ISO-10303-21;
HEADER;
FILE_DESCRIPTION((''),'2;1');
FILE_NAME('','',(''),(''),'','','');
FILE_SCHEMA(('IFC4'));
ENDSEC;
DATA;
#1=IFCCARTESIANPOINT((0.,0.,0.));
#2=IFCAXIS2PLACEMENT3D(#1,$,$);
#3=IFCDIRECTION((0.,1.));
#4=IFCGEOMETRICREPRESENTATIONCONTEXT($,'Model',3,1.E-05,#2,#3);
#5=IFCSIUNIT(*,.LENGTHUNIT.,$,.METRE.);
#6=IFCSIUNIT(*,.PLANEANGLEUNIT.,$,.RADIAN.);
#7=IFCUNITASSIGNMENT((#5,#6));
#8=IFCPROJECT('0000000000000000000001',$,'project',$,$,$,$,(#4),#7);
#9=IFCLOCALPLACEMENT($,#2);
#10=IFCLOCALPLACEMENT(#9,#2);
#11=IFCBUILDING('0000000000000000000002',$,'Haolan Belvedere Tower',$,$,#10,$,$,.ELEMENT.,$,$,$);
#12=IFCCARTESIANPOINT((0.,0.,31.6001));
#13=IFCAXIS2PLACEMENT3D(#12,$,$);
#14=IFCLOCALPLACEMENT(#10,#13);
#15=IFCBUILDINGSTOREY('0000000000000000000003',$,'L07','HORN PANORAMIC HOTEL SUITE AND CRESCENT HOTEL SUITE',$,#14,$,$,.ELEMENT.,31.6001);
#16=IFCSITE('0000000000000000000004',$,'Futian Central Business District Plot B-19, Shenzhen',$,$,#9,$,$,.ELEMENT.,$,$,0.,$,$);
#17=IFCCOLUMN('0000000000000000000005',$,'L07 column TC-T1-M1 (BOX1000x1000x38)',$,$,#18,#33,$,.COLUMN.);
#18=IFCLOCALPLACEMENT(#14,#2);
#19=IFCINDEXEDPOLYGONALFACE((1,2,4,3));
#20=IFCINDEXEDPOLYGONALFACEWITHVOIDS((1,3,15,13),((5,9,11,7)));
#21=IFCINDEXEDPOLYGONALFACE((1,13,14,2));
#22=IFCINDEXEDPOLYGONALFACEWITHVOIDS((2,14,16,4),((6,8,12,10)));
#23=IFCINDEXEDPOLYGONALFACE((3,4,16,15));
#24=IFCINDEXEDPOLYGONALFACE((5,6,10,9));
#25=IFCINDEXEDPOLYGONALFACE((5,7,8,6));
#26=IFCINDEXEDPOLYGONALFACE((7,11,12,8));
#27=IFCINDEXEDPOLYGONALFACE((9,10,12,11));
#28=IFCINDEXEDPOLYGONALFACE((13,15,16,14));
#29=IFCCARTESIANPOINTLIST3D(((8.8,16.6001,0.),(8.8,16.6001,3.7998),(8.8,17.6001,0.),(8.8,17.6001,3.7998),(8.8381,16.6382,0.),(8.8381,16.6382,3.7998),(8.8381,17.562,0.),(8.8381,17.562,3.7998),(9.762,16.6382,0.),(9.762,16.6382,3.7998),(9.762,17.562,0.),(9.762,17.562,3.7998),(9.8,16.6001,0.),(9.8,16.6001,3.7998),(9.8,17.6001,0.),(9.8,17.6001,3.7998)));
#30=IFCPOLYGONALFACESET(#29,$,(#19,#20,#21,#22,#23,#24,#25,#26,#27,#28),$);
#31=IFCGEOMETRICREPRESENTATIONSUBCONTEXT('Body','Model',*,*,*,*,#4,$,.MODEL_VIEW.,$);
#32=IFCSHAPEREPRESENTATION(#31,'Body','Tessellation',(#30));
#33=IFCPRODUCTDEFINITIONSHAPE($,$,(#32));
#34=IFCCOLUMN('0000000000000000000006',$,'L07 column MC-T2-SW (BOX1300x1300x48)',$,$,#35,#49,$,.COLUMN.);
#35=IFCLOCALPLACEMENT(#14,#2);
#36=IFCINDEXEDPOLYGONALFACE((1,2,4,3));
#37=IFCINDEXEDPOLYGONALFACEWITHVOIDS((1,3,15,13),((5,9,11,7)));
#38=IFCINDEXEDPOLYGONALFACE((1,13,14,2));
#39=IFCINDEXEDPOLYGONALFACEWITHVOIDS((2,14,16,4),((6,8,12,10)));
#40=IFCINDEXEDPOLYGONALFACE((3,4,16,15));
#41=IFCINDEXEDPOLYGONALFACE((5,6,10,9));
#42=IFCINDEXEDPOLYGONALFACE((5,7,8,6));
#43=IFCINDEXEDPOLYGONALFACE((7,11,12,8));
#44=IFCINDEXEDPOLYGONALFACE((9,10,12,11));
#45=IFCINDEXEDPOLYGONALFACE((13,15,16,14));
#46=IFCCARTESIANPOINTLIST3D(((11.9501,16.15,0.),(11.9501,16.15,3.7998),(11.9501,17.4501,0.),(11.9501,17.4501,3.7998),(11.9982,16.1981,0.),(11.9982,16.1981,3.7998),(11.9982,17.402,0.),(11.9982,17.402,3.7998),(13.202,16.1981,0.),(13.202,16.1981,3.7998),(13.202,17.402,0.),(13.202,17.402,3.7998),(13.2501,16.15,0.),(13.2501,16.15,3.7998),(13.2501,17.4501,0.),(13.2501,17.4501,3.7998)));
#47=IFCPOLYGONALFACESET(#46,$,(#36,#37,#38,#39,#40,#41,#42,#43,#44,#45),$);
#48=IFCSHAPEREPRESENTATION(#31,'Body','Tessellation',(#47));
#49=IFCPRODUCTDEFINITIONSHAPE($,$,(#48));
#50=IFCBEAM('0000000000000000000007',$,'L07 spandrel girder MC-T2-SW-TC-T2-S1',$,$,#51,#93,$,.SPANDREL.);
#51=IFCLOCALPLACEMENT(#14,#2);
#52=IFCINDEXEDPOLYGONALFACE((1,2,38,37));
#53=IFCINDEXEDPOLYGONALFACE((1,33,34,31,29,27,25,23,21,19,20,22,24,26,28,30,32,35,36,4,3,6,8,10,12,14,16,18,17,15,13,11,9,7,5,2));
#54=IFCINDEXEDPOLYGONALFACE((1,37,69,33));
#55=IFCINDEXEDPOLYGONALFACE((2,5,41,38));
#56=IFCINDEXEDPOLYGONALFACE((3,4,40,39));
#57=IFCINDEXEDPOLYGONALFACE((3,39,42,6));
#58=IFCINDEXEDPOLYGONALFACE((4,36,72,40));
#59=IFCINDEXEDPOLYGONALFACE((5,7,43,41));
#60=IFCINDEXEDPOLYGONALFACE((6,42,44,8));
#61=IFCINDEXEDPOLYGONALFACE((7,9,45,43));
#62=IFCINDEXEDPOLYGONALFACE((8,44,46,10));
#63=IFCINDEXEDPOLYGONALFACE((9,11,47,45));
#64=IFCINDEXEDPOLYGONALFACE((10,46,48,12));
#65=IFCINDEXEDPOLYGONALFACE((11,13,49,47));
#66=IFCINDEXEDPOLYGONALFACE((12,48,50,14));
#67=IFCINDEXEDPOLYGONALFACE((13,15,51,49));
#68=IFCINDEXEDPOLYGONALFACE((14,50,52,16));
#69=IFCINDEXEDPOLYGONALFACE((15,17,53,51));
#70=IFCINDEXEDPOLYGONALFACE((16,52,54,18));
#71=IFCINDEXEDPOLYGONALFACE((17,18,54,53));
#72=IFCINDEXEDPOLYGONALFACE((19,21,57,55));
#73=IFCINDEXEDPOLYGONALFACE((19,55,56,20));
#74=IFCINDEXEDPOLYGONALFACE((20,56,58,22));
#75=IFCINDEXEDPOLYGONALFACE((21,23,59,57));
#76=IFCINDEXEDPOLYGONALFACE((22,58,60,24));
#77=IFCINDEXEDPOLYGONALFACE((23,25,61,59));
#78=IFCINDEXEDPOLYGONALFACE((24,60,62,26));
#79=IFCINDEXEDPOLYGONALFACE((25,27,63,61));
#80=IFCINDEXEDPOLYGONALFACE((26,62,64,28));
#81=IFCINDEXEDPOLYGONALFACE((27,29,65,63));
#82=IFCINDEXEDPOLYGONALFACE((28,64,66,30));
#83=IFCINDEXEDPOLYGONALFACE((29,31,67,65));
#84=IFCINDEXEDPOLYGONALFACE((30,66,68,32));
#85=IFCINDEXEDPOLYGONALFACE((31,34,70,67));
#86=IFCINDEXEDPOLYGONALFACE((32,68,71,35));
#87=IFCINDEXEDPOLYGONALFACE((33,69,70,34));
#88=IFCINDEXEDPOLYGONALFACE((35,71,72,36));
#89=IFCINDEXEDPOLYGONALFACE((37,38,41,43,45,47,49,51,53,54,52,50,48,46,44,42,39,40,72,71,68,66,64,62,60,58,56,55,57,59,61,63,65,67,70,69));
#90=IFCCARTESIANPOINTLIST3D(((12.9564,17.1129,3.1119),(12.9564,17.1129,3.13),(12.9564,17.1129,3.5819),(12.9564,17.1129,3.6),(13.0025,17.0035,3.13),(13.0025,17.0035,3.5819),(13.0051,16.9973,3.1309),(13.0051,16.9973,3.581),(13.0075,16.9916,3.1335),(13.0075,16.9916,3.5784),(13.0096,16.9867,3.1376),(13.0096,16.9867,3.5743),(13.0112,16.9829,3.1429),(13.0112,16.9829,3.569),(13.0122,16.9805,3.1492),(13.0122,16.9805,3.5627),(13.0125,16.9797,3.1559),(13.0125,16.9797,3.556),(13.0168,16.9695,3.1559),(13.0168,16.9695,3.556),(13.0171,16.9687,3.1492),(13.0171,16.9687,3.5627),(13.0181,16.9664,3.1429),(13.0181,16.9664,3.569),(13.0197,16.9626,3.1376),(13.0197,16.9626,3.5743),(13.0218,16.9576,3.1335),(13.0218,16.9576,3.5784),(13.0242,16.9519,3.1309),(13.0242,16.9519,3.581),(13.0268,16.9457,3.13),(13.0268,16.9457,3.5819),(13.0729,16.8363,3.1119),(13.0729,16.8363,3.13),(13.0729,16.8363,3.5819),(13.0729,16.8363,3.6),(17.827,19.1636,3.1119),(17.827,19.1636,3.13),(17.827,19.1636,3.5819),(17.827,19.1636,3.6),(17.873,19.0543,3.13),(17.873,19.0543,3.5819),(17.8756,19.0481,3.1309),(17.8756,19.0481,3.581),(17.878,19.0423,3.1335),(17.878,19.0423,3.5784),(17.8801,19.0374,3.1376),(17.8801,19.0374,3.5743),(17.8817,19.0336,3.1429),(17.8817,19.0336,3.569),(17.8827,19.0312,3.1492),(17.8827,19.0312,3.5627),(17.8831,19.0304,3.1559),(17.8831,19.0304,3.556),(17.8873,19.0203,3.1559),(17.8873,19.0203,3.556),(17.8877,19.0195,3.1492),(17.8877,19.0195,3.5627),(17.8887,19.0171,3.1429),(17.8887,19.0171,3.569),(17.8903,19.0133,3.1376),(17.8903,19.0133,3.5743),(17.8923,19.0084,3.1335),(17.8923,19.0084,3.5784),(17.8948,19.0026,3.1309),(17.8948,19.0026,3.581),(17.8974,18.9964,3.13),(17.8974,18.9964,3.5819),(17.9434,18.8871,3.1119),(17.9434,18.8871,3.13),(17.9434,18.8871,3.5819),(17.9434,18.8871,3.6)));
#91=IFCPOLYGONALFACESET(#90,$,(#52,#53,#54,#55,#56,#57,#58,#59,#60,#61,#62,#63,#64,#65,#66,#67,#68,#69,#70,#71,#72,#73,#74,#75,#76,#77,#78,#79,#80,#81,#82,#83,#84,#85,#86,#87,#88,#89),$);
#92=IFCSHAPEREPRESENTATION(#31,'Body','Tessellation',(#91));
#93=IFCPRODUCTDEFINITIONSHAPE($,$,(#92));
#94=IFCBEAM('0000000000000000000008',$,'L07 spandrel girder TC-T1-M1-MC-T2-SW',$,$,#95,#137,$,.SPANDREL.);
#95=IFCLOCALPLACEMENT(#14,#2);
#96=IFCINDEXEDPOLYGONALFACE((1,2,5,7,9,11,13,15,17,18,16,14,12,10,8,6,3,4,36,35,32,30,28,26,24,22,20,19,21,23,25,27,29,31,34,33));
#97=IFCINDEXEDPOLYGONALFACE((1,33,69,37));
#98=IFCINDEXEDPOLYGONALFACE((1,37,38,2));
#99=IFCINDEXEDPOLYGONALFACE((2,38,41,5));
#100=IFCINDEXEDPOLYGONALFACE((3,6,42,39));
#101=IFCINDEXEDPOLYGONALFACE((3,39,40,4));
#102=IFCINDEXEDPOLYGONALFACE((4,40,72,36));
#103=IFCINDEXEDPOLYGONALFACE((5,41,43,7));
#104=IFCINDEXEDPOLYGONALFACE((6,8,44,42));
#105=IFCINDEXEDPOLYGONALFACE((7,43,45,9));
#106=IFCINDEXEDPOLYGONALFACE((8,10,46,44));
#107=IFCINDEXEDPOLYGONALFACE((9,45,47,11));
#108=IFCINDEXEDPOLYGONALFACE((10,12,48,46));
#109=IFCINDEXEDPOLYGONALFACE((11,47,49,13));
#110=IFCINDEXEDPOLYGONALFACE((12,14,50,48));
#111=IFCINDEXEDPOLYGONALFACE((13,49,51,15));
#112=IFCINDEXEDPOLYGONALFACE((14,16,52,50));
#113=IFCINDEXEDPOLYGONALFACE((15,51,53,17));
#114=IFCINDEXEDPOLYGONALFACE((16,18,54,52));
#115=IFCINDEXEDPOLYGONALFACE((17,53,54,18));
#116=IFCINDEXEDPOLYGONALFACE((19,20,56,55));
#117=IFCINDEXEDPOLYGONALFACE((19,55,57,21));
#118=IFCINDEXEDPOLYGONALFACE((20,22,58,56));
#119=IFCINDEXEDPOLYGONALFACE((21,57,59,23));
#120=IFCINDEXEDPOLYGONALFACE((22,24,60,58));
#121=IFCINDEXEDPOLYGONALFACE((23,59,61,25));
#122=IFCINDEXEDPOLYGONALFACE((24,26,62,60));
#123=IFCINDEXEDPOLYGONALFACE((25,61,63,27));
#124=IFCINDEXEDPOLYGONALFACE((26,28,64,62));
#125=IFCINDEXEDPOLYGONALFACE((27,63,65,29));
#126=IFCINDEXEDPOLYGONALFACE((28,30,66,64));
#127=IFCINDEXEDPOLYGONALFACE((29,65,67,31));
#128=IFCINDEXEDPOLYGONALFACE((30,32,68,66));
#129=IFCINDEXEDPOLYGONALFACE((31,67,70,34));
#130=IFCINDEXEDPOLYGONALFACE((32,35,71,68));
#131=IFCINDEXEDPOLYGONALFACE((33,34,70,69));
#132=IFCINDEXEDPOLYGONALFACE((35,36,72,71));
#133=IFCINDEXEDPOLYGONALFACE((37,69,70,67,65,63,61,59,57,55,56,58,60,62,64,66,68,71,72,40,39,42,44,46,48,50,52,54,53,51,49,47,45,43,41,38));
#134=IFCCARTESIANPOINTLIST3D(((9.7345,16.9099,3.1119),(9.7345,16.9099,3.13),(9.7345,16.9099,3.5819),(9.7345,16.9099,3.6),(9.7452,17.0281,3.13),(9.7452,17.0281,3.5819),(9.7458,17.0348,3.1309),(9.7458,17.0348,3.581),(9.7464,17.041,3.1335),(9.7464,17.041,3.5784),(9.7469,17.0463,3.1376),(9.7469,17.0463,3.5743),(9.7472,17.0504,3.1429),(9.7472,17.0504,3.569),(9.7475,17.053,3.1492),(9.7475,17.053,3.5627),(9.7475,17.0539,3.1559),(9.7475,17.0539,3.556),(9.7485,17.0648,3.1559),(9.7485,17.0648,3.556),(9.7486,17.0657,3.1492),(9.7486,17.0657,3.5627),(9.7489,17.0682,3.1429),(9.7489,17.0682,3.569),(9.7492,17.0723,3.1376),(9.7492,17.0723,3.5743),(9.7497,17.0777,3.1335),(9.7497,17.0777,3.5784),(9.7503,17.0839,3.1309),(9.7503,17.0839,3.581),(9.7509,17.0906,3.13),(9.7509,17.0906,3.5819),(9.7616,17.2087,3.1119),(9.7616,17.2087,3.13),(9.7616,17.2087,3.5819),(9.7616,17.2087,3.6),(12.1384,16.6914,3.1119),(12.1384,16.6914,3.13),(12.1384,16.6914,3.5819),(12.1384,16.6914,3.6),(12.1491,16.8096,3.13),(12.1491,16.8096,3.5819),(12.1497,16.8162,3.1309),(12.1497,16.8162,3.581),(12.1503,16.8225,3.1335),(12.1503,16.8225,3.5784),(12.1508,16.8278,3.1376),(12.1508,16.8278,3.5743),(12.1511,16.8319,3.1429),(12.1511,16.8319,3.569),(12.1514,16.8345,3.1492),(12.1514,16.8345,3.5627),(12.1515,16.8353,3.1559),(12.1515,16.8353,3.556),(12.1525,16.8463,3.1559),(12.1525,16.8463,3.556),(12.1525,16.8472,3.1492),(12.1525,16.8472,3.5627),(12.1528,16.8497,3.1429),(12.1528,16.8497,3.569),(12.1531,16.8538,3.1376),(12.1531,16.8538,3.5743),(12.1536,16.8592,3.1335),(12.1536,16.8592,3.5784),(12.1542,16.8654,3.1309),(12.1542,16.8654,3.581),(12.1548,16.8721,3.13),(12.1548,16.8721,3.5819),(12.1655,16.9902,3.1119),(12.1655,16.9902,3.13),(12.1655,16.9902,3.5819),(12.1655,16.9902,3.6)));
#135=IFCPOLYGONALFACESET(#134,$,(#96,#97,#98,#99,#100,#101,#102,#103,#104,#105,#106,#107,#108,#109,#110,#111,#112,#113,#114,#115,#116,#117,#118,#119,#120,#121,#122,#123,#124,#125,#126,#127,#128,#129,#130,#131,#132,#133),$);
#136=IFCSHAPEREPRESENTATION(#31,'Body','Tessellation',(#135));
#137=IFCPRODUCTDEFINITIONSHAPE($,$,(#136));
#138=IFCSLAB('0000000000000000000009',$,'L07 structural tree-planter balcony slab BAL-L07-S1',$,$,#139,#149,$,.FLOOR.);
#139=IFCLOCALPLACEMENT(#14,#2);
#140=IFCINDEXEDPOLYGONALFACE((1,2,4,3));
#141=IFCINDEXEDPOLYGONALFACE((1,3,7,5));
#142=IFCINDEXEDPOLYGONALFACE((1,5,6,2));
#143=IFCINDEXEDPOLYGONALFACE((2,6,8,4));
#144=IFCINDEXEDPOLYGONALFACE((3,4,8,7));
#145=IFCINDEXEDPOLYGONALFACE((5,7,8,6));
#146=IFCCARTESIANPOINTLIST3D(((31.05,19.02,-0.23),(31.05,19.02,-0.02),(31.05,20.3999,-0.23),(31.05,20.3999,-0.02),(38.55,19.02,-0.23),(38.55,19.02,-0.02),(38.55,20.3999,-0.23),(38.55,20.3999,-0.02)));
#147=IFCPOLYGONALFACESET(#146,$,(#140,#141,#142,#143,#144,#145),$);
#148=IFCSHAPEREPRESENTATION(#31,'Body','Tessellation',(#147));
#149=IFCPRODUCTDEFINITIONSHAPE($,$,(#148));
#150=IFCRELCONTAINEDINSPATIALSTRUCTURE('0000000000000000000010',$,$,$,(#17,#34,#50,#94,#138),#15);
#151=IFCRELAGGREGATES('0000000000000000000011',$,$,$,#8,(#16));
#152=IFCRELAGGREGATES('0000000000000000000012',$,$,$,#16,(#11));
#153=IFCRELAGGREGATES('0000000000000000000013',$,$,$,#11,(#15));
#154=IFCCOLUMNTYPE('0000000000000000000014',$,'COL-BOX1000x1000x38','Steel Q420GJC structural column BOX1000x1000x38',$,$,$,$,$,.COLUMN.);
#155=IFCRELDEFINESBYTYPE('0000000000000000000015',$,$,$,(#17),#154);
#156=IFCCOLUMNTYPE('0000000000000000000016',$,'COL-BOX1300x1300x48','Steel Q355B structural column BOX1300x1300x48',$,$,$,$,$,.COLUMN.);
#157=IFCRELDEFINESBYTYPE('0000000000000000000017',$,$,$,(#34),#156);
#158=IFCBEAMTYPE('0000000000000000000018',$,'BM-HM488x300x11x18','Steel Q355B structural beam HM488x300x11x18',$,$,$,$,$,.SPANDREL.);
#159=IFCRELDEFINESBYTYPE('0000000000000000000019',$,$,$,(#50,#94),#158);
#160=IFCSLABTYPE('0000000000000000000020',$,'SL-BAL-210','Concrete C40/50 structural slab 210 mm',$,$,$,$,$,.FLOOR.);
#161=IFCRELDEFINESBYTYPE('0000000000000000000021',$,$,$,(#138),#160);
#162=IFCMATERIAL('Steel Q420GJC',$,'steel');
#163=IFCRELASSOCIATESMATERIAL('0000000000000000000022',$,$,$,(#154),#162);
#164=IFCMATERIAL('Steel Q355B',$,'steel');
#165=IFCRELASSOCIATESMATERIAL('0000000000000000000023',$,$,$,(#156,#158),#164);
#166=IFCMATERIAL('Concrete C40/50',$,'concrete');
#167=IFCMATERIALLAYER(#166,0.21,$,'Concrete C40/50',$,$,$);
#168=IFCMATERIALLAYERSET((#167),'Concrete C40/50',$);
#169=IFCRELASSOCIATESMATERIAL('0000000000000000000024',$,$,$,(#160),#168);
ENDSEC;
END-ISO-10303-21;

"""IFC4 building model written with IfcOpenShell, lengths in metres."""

from ifc_helpers import new_model, si_unit, direction, frame, origin, origin_2d, place, context, subcontext, project, spatial, polyline, hollow_rectangle, i_section, outline, extrude, material, layer, layer_set, material_profile, profile_set, type_object, element, save


model = new_model("IFC4")

# Units and contexts
model_context = context("Model", 3, precision=1e-05, world=origin(), true_north=direction((0.0, 1.0)))
body_context = subcontext(model_context, "Body", "Model", "MODEL_VIEW")
ifc_project = project(units=[si_unit("LENGTHUNIT", "METRE"), si_unit("PLANEANGLEUNIT", "RADIAN")], contexts=[model_context])

# Site, building, storey
site_placement = place(None, origin())
site = spatial("IfcSite", under=ifc_project, at=site_placement, Name="Futian Central Business District Plot B-19, Shenzhen", CompositionType="ELEMENT", RefElevation=0.0)
building_placement = place(site_placement, origin())
building = spatial("IfcBuilding", under=site, at=building_placement, Name="Haolan Belvedere Tower", CompositionType="ELEMENT")
storey_placement = place(building_placement, frame((0.0, 0.0, 31.6001)))
storey = spatial("IfcBuildingStorey", under=building, at=storey_placement, Name="L07", Description="HORN PANORAMIC HOTEL SUITE AND CRESCENT HOTEL SUITE", CompositionType="ELEMENT", Elevation=31.6001)

# Columns
ifc_material_1 = material(Name="Steel Q420GJC", Category="steel")
ifc_material_profile_1 = material_profile(ifc_material_1, hollow_rectangle(XDim=1.0, YDim=1.0, WallThickness=0.0381, at=origin_2d()), Name="Steel Q420GJC")
ifc_profile_set_1 = profile_set([ifc_material_profile_1], Name="Steel Q420GJC")
column_type_1 = type_object("IfcColumnType", Name="COL-BOX1000x1000x38", Description="Steel Q420GJC structural column BOX1000x1000x38", PredefinedType="COLUMN", material=ifc_profile_set_1)
column_1_placement = place(storey_placement, frame((9.3, 17.1001, 0.0), z_axis=(0.0, 0.0, 1.0), x_axis=(1.0, 0.0, 0.0)))
element("IfcColumn", 1, at=column_1_placement, inside=storey, type_object=column_type_1, Name="L07 column TC-T1-M1 (BOX1000x1000x38)", PredefinedType="COLUMN", context=body_context, shape_type="SweptSolid", body=[
    extrude(hollow_rectangle(XDim=1.0, YDim=1.0, WallThickness=0.0381, at=origin_2d()), origin(), (0.0, 0.0, 1.0), 3.7998),
])
ifc_material_2 = material(Name="Steel Q355B", Category="steel")
ifc_material_profile_2 = material_profile(ifc_material_2, hollow_rectangle(XDim=1.3, YDim=1.3, WallThickness=0.0481, at=origin_2d()), Name="Steel Q355B")
ifc_profile_set_2 = profile_set([ifc_material_profile_2], Name="Steel Q355B")
column_type_2 = type_object("IfcColumnType", Name="COL-BOX1300x1300x48", Description="Steel Q355B structural column BOX1300x1300x48", PredefinedType="COLUMN", material=ifc_profile_set_2)
column_2_placement = place(storey_placement, frame((12.6001, 16.8, 0.0), z_axis=(0.0, 0.0, 1.0), x_axis=(1.0, 0.0, 0.0)))
element("IfcColumn", 2, at=column_2_placement, inside=storey, type_object=column_type_2, Name="L07 column MC-T2-SW (BOX1300x1300x48)", PredefinedType="COLUMN", context=body_context, shape_type="SweptSolid", body=[
    extrude(hollow_rectangle(XDim=1.3, YDim=1.3, WallThickness=0.0481, at=origin_2d()), origin(), (0.0, 0.0, 1.0), 3.7998),
])

# Beams
ifc_material_profile_3 = material_profile(ifc_material_2, i_section(OverallWidth=0.3, OverallDepth=0.488, WebThickness=0.011, FlangeThickness=0.0181, FilletRadius=0.0259, at=origin_2d()), Name="Steel Q355B")
ifc_profile_set_3 = profile_set([ifc_material_profile_3], Name="Steel Q355B")
beam_type = type_object("IfcBeamType", Name="BM-HM488x300x11x18", Description="Steel Q355B structural beam HM488x300x11x18", PredefinedType="SPANDREL", material=ifc_profile_set_3)
beam_1_placement = place(storey_placement, frame((13.0146, 16.9746, 3.356), z_axis=(0.921635, 0.388057, 0.0), x_axis=(-0.388057, 0.921635, 0.0)))
element("IfcBeam", 3, at=beam_1_placement, inside=storey, type_object=beam_type, Name="L07 spandrel girder MC-T2-SW-TC-T2-S1", PredefinedType="SPANDREL", context=body_context, shape_type="SweptSolid", body=[
    extrude(i_section(OverallWidth=0.3, OverallDepth=0.488, WebThickness=0.011, FlangeThickness=0.0181, FilletRadius=0.0259, at=origin_2d()), origin(), (0.0, 0.0, 1.0), 5.2847),
])
beam_2_placement = place(storey_placement, frame((9.748, 17.0593, 3.356), z_axis=(0.995894, -0.090527, 0.0), x_axis=(0.090527, 0.995894, 0.0)))
element("IfcBeam", 4, at=beam_2_placement, inside=storey, type_object=beam_type, Name="L07 spandrel girder TC-T1-M1-MC-T2-SW", PredefinedType="SPANDREL", context=body_context, shape_type="SweptSolid", body=[
    extrude(i_section(OverallWidth=0.3, OverallDepth=0.488, WebThickness=0.011, FlangeThickness=0.0181, FilletRadius=0.0259, at=origin_2d()), origin(), (0.0, 0.0, 1.0), 2.4138),
])

# Slab
ifc_material_3 = material(Name="Concrete C40/50", Category="concrete")
ifc_layer_1 = layer(ifc_material_3, 0.21, Name="Concrete C40/50")
ifc_layer_set_1 = layer_set([ifc_layer_1], Name="Concrete C40/50")
slab_type_1 = type_object("IfcSlabType", Name="SL-BAL-210", Description="Concrete C40/50 structural slab 210 mm", PredefinedType="FLOOR", material=ifc_layer_set_1)
slab_1_placement = place(storey_placement, frame((0.0, 0.0, -0.23)))
element("IfcSlab", 5, at=slab_1_placement, inside=storey, type_object=slab_type_1, Name="L07 structural tree-planter balcony slab BAL-L07-S1", PredefinedType="FLOOR", context=body_context, shape_type="SweptSolid", body=[
    extrude(outline(polyline([(31.05, 19.02), (38.55, 19.02), (38.55, 20.3999), (31.05, 20.3999), (31.05, 19.02)])), origin(), (0.0, 0.0, 1.0), 0.21),
])

save(model, "model.ifc")
